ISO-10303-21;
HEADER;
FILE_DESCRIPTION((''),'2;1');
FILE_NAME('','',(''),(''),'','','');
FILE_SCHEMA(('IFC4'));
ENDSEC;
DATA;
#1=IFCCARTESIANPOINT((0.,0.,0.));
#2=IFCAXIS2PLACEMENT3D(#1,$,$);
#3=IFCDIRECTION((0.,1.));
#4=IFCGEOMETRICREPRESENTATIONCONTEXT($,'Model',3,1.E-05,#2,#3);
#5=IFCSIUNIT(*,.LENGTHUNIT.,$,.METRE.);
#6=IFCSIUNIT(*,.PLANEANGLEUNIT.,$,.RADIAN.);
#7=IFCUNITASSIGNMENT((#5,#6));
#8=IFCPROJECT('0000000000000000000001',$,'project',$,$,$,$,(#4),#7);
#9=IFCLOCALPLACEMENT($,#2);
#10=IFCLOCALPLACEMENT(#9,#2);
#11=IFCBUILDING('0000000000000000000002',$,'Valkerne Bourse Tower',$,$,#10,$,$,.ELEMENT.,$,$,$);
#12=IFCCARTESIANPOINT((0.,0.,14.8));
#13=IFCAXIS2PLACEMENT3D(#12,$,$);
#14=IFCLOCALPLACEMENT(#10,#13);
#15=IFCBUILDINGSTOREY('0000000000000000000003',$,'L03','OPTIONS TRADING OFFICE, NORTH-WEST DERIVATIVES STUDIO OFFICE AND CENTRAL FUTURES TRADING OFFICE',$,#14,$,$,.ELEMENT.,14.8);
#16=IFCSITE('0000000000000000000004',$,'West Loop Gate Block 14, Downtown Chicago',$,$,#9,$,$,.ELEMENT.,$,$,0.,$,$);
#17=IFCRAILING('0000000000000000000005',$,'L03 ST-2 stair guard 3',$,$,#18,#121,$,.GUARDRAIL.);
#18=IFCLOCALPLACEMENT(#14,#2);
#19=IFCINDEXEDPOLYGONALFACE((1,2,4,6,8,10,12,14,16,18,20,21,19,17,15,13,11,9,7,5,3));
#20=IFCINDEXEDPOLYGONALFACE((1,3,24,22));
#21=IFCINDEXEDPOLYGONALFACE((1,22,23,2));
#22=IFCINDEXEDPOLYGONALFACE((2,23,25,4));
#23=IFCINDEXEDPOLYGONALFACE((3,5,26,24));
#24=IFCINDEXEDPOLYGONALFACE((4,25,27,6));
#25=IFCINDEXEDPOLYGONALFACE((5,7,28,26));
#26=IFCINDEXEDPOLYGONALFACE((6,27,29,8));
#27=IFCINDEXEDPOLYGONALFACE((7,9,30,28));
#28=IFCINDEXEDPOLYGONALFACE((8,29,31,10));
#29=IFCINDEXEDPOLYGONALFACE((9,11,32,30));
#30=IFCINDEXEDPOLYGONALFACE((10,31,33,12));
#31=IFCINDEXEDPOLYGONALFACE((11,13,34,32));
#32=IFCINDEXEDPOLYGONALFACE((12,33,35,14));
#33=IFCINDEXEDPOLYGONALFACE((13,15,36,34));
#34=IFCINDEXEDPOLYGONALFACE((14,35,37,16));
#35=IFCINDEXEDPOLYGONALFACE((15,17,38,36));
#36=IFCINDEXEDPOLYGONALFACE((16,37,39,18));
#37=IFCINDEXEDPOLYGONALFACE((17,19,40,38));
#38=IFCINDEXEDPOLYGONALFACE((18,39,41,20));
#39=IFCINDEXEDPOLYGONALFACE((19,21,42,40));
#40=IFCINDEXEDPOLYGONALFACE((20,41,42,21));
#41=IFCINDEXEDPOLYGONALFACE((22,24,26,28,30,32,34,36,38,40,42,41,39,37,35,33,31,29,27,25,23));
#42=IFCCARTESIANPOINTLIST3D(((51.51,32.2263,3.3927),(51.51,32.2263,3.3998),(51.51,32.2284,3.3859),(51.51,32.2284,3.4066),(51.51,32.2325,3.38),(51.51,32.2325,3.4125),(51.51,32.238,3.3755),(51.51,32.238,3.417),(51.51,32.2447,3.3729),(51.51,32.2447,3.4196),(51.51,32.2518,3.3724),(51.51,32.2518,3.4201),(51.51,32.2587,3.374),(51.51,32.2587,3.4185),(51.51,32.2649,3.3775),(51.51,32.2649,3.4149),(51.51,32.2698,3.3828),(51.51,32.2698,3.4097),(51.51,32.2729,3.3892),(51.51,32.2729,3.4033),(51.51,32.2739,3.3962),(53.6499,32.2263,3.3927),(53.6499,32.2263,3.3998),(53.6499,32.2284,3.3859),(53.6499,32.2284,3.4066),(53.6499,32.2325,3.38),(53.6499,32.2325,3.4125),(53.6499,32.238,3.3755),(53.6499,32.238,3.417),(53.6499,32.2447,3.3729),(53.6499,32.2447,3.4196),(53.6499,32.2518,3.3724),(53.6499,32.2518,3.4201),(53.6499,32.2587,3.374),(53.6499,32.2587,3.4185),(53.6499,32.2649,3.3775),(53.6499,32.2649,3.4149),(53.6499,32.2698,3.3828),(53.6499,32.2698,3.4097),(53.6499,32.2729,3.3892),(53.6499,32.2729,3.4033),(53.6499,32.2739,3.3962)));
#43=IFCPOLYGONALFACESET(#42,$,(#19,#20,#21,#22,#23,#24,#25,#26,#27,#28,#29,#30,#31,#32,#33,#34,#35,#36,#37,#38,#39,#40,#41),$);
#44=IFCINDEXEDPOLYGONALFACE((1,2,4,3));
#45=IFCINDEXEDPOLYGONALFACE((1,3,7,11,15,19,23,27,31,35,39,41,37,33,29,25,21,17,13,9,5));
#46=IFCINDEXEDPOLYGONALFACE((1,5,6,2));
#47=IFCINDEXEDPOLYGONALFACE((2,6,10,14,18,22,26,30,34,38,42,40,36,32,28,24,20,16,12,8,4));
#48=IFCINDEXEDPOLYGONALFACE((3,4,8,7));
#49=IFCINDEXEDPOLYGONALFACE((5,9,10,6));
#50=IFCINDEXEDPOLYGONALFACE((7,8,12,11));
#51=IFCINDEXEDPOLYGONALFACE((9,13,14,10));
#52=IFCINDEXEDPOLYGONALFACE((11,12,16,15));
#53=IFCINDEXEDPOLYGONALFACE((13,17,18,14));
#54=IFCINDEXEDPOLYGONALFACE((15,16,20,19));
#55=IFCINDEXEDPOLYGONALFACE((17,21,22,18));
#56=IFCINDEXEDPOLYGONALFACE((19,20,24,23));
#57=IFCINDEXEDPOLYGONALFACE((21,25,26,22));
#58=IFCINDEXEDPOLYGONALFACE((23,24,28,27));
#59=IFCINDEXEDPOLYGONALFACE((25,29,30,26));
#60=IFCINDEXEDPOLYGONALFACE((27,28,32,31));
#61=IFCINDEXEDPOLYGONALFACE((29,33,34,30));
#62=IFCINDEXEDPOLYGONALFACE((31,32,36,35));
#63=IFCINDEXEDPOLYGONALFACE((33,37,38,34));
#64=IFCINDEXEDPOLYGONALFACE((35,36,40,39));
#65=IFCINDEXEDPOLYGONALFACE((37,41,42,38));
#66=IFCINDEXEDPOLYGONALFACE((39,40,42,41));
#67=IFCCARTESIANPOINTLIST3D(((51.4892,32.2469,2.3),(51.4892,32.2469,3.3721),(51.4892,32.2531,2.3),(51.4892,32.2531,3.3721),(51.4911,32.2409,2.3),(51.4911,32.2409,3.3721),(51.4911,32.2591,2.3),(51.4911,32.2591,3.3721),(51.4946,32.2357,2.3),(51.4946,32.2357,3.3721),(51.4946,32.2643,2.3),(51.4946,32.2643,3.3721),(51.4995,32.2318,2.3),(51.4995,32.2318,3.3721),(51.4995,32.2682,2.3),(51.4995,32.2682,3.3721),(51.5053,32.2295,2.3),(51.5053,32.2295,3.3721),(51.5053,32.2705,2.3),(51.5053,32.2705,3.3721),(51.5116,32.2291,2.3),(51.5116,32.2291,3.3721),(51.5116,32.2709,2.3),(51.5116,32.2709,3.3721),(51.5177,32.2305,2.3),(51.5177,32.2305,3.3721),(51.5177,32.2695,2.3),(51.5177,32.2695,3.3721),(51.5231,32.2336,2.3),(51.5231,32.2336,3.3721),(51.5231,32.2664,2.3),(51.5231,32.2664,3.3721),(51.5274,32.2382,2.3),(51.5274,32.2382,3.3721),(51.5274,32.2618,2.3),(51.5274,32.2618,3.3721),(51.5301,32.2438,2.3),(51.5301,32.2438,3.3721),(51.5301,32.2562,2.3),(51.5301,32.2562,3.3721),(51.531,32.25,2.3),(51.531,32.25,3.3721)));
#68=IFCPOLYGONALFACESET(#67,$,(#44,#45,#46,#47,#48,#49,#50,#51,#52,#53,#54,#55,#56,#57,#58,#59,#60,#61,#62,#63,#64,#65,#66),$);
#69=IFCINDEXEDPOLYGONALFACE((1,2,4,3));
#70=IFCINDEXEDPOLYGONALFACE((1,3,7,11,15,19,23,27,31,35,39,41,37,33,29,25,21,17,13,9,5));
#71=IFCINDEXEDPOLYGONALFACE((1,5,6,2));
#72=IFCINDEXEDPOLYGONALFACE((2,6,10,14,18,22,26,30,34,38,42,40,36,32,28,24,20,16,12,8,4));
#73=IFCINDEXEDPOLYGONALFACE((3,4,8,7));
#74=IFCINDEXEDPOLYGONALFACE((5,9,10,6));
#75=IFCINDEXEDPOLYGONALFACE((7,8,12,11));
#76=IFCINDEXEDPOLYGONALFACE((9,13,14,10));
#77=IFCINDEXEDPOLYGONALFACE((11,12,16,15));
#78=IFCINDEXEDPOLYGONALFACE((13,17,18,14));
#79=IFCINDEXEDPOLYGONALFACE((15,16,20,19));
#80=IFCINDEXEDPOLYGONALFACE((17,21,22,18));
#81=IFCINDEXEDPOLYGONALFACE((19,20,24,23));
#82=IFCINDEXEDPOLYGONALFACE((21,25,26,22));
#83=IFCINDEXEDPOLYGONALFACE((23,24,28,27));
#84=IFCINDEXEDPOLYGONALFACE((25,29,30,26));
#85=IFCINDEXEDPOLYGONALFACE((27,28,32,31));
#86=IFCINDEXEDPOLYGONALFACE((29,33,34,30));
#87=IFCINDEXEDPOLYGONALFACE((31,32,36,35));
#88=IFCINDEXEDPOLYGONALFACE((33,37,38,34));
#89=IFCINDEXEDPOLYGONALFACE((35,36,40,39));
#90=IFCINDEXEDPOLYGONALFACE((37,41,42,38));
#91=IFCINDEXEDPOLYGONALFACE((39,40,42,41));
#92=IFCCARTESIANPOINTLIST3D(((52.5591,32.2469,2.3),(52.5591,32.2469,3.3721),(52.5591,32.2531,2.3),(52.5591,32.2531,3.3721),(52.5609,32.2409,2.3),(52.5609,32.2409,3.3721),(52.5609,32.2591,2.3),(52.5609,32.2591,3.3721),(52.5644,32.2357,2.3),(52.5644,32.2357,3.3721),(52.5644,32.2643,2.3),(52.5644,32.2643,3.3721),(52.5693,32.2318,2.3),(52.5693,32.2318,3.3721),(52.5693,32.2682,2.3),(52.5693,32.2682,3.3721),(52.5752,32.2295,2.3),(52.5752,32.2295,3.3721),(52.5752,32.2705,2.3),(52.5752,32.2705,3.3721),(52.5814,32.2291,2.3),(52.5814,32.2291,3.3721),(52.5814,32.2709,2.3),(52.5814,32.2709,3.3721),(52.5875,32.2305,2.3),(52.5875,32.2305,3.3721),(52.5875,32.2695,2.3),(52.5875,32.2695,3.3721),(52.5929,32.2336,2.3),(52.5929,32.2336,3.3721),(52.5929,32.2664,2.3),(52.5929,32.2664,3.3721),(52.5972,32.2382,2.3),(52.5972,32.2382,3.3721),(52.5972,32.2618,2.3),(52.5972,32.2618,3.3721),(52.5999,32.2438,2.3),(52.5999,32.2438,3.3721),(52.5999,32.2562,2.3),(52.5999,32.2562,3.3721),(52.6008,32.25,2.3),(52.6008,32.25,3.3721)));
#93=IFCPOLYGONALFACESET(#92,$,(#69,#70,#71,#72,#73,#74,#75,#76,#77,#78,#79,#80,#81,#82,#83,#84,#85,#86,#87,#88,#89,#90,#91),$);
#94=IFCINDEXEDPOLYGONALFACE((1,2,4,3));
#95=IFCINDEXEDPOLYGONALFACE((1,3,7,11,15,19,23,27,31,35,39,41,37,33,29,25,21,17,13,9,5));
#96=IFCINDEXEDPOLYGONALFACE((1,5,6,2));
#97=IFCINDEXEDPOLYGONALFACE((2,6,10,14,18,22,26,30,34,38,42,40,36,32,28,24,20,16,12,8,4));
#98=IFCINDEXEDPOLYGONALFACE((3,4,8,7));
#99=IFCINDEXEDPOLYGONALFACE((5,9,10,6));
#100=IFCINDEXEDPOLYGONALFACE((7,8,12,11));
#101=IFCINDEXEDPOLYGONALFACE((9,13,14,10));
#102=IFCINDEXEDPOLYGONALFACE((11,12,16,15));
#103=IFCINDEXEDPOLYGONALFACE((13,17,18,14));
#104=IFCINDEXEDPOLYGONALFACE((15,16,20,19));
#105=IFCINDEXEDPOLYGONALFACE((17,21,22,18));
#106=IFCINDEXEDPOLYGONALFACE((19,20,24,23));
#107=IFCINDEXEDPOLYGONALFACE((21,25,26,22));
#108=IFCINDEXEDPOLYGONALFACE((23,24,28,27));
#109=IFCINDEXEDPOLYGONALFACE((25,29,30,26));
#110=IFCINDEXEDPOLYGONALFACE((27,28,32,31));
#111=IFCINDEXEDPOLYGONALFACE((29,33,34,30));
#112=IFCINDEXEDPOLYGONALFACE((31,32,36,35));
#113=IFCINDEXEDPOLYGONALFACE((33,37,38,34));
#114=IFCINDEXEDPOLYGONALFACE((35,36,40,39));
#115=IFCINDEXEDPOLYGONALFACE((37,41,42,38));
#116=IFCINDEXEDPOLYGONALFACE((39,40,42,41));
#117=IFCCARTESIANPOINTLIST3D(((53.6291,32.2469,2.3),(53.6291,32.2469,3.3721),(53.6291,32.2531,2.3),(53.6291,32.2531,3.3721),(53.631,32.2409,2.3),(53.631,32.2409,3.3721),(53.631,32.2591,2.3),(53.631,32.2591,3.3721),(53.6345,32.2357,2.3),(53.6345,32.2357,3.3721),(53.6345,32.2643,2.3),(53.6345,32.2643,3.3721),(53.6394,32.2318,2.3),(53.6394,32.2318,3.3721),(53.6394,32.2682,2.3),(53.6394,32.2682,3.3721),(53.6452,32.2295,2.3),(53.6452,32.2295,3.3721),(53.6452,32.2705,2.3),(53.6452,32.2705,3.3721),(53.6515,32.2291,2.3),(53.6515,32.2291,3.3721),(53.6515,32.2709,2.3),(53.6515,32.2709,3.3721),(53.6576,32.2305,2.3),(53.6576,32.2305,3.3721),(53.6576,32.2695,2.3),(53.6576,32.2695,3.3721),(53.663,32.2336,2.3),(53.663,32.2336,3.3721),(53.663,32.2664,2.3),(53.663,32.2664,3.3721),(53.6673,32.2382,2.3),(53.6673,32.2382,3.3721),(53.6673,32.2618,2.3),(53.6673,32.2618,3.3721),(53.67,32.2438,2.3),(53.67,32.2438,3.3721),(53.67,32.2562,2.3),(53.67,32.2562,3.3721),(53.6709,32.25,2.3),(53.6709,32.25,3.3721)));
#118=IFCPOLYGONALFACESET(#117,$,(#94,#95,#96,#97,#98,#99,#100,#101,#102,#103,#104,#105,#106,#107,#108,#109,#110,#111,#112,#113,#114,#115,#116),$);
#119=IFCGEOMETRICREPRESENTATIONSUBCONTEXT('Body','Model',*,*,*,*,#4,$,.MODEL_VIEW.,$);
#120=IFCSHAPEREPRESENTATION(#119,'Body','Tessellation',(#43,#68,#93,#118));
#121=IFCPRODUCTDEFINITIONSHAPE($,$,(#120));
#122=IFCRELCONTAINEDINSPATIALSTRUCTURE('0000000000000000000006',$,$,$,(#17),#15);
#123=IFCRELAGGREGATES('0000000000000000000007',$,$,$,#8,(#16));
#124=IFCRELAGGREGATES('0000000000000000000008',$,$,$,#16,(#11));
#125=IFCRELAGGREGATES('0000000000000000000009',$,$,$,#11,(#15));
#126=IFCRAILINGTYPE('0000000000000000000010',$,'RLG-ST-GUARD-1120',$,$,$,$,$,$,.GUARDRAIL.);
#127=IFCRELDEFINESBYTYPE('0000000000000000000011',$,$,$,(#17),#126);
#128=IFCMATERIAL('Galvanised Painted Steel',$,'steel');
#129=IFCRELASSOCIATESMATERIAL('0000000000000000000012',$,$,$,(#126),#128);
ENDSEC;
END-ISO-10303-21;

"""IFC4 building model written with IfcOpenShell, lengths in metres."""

from ifc_helpers import new_model, si_unit, direction, frame, origin, origin_2d, place, context, subcontext, project, spatial, circle, extrude, material, type_object, element, save


model = new_model("IFC4")

# Units and contexts
model_context = context("Model", 3, precision=1e-05, world=origin(), true_north=direction((0.0, 1.0)))
body_context = subcontext(model_context, "Body", "Model", "MODEL_VIEW")
ifc_project = project(units=[si_unit("LENGTHUNIT", "METRE"), si_unit("PLANEANGLEUNIT", "RADIAN")], contexts=[model_context])

# Site, building, storey
site_placement = place(None, origin())
site = spatial("IfcSite", under=ifc_project, at=site_placement, Name="West Loop Gate Block 14, Downtown Chicago", CompositionType="ELEMENT", RefElevation=0.0)
building_placement = place(site_placement, origin())
building = spatial("IfcBuilding", under=site, at=building_placement, Name="Valkerne Bourse Tower", CompositionType="ELEMENT")
storey_placement = place(building_placement, frame((0.0, 0.0, 14.8)))
storey = spatial("IfcBuildingStorey", under=building, at=storey_placement, Name="L03", Description="OPTIONS TRADING OFFICE, NORTH-WEST DERIVATIVES STUDIO OFFICE AND CENTRAL FUTURES TRADING OFFICE", CompositionType="ELEMENT", Elevation=14.8)

# Shared definitions
ifc_material_1 = material(Name="Galvanised Painted Steel", Category="steel")

# Railing
railing_type_1 = type_object("IfcRailingType", Name="RLG-ST-GUARD-1120", PredefinedType="GUARDRAIL", material=ifc_material_1)
railing_1_placement = place(storey_placement, frame((51.51, 32.25, 2.3)))
element("IfcRailing", 1, at=railing_1_placement, inside=storey, type_object=railing_type_1, Name="L03 ST-2 stair guard 3", PredefinedType="GUARDRAIL", context=body_context, shape_type="SweptSolid", body=[
    extrude(circle(Radius=0.0239, at=origin_2d()), frame((0.0, 0.0, 1.0962), z_axis=(1.0, 0.0, 0.0), x_axis=(0.0, 1.0, 0.0)), (0.0, 0.0, 1.0), 2.1399),
    extrude(circle(Radius=0.021, at=origin_2d()), origin(), (0.0, 0.0, 1.0), 1.072),
    extrude(circle(Radius=0.021, at=origin_2d()), frame((1.0698, 0.0, 0.0)), (0.0, 0.0, 1.0), 1.072),
    extrude(circle(Radius=0.021, at=origin_2d()), frame((2.1399, 0.0, 0.0)), (0.0, 0.0, 1.0), 1.072),
])

save(model, "model.ifc")
